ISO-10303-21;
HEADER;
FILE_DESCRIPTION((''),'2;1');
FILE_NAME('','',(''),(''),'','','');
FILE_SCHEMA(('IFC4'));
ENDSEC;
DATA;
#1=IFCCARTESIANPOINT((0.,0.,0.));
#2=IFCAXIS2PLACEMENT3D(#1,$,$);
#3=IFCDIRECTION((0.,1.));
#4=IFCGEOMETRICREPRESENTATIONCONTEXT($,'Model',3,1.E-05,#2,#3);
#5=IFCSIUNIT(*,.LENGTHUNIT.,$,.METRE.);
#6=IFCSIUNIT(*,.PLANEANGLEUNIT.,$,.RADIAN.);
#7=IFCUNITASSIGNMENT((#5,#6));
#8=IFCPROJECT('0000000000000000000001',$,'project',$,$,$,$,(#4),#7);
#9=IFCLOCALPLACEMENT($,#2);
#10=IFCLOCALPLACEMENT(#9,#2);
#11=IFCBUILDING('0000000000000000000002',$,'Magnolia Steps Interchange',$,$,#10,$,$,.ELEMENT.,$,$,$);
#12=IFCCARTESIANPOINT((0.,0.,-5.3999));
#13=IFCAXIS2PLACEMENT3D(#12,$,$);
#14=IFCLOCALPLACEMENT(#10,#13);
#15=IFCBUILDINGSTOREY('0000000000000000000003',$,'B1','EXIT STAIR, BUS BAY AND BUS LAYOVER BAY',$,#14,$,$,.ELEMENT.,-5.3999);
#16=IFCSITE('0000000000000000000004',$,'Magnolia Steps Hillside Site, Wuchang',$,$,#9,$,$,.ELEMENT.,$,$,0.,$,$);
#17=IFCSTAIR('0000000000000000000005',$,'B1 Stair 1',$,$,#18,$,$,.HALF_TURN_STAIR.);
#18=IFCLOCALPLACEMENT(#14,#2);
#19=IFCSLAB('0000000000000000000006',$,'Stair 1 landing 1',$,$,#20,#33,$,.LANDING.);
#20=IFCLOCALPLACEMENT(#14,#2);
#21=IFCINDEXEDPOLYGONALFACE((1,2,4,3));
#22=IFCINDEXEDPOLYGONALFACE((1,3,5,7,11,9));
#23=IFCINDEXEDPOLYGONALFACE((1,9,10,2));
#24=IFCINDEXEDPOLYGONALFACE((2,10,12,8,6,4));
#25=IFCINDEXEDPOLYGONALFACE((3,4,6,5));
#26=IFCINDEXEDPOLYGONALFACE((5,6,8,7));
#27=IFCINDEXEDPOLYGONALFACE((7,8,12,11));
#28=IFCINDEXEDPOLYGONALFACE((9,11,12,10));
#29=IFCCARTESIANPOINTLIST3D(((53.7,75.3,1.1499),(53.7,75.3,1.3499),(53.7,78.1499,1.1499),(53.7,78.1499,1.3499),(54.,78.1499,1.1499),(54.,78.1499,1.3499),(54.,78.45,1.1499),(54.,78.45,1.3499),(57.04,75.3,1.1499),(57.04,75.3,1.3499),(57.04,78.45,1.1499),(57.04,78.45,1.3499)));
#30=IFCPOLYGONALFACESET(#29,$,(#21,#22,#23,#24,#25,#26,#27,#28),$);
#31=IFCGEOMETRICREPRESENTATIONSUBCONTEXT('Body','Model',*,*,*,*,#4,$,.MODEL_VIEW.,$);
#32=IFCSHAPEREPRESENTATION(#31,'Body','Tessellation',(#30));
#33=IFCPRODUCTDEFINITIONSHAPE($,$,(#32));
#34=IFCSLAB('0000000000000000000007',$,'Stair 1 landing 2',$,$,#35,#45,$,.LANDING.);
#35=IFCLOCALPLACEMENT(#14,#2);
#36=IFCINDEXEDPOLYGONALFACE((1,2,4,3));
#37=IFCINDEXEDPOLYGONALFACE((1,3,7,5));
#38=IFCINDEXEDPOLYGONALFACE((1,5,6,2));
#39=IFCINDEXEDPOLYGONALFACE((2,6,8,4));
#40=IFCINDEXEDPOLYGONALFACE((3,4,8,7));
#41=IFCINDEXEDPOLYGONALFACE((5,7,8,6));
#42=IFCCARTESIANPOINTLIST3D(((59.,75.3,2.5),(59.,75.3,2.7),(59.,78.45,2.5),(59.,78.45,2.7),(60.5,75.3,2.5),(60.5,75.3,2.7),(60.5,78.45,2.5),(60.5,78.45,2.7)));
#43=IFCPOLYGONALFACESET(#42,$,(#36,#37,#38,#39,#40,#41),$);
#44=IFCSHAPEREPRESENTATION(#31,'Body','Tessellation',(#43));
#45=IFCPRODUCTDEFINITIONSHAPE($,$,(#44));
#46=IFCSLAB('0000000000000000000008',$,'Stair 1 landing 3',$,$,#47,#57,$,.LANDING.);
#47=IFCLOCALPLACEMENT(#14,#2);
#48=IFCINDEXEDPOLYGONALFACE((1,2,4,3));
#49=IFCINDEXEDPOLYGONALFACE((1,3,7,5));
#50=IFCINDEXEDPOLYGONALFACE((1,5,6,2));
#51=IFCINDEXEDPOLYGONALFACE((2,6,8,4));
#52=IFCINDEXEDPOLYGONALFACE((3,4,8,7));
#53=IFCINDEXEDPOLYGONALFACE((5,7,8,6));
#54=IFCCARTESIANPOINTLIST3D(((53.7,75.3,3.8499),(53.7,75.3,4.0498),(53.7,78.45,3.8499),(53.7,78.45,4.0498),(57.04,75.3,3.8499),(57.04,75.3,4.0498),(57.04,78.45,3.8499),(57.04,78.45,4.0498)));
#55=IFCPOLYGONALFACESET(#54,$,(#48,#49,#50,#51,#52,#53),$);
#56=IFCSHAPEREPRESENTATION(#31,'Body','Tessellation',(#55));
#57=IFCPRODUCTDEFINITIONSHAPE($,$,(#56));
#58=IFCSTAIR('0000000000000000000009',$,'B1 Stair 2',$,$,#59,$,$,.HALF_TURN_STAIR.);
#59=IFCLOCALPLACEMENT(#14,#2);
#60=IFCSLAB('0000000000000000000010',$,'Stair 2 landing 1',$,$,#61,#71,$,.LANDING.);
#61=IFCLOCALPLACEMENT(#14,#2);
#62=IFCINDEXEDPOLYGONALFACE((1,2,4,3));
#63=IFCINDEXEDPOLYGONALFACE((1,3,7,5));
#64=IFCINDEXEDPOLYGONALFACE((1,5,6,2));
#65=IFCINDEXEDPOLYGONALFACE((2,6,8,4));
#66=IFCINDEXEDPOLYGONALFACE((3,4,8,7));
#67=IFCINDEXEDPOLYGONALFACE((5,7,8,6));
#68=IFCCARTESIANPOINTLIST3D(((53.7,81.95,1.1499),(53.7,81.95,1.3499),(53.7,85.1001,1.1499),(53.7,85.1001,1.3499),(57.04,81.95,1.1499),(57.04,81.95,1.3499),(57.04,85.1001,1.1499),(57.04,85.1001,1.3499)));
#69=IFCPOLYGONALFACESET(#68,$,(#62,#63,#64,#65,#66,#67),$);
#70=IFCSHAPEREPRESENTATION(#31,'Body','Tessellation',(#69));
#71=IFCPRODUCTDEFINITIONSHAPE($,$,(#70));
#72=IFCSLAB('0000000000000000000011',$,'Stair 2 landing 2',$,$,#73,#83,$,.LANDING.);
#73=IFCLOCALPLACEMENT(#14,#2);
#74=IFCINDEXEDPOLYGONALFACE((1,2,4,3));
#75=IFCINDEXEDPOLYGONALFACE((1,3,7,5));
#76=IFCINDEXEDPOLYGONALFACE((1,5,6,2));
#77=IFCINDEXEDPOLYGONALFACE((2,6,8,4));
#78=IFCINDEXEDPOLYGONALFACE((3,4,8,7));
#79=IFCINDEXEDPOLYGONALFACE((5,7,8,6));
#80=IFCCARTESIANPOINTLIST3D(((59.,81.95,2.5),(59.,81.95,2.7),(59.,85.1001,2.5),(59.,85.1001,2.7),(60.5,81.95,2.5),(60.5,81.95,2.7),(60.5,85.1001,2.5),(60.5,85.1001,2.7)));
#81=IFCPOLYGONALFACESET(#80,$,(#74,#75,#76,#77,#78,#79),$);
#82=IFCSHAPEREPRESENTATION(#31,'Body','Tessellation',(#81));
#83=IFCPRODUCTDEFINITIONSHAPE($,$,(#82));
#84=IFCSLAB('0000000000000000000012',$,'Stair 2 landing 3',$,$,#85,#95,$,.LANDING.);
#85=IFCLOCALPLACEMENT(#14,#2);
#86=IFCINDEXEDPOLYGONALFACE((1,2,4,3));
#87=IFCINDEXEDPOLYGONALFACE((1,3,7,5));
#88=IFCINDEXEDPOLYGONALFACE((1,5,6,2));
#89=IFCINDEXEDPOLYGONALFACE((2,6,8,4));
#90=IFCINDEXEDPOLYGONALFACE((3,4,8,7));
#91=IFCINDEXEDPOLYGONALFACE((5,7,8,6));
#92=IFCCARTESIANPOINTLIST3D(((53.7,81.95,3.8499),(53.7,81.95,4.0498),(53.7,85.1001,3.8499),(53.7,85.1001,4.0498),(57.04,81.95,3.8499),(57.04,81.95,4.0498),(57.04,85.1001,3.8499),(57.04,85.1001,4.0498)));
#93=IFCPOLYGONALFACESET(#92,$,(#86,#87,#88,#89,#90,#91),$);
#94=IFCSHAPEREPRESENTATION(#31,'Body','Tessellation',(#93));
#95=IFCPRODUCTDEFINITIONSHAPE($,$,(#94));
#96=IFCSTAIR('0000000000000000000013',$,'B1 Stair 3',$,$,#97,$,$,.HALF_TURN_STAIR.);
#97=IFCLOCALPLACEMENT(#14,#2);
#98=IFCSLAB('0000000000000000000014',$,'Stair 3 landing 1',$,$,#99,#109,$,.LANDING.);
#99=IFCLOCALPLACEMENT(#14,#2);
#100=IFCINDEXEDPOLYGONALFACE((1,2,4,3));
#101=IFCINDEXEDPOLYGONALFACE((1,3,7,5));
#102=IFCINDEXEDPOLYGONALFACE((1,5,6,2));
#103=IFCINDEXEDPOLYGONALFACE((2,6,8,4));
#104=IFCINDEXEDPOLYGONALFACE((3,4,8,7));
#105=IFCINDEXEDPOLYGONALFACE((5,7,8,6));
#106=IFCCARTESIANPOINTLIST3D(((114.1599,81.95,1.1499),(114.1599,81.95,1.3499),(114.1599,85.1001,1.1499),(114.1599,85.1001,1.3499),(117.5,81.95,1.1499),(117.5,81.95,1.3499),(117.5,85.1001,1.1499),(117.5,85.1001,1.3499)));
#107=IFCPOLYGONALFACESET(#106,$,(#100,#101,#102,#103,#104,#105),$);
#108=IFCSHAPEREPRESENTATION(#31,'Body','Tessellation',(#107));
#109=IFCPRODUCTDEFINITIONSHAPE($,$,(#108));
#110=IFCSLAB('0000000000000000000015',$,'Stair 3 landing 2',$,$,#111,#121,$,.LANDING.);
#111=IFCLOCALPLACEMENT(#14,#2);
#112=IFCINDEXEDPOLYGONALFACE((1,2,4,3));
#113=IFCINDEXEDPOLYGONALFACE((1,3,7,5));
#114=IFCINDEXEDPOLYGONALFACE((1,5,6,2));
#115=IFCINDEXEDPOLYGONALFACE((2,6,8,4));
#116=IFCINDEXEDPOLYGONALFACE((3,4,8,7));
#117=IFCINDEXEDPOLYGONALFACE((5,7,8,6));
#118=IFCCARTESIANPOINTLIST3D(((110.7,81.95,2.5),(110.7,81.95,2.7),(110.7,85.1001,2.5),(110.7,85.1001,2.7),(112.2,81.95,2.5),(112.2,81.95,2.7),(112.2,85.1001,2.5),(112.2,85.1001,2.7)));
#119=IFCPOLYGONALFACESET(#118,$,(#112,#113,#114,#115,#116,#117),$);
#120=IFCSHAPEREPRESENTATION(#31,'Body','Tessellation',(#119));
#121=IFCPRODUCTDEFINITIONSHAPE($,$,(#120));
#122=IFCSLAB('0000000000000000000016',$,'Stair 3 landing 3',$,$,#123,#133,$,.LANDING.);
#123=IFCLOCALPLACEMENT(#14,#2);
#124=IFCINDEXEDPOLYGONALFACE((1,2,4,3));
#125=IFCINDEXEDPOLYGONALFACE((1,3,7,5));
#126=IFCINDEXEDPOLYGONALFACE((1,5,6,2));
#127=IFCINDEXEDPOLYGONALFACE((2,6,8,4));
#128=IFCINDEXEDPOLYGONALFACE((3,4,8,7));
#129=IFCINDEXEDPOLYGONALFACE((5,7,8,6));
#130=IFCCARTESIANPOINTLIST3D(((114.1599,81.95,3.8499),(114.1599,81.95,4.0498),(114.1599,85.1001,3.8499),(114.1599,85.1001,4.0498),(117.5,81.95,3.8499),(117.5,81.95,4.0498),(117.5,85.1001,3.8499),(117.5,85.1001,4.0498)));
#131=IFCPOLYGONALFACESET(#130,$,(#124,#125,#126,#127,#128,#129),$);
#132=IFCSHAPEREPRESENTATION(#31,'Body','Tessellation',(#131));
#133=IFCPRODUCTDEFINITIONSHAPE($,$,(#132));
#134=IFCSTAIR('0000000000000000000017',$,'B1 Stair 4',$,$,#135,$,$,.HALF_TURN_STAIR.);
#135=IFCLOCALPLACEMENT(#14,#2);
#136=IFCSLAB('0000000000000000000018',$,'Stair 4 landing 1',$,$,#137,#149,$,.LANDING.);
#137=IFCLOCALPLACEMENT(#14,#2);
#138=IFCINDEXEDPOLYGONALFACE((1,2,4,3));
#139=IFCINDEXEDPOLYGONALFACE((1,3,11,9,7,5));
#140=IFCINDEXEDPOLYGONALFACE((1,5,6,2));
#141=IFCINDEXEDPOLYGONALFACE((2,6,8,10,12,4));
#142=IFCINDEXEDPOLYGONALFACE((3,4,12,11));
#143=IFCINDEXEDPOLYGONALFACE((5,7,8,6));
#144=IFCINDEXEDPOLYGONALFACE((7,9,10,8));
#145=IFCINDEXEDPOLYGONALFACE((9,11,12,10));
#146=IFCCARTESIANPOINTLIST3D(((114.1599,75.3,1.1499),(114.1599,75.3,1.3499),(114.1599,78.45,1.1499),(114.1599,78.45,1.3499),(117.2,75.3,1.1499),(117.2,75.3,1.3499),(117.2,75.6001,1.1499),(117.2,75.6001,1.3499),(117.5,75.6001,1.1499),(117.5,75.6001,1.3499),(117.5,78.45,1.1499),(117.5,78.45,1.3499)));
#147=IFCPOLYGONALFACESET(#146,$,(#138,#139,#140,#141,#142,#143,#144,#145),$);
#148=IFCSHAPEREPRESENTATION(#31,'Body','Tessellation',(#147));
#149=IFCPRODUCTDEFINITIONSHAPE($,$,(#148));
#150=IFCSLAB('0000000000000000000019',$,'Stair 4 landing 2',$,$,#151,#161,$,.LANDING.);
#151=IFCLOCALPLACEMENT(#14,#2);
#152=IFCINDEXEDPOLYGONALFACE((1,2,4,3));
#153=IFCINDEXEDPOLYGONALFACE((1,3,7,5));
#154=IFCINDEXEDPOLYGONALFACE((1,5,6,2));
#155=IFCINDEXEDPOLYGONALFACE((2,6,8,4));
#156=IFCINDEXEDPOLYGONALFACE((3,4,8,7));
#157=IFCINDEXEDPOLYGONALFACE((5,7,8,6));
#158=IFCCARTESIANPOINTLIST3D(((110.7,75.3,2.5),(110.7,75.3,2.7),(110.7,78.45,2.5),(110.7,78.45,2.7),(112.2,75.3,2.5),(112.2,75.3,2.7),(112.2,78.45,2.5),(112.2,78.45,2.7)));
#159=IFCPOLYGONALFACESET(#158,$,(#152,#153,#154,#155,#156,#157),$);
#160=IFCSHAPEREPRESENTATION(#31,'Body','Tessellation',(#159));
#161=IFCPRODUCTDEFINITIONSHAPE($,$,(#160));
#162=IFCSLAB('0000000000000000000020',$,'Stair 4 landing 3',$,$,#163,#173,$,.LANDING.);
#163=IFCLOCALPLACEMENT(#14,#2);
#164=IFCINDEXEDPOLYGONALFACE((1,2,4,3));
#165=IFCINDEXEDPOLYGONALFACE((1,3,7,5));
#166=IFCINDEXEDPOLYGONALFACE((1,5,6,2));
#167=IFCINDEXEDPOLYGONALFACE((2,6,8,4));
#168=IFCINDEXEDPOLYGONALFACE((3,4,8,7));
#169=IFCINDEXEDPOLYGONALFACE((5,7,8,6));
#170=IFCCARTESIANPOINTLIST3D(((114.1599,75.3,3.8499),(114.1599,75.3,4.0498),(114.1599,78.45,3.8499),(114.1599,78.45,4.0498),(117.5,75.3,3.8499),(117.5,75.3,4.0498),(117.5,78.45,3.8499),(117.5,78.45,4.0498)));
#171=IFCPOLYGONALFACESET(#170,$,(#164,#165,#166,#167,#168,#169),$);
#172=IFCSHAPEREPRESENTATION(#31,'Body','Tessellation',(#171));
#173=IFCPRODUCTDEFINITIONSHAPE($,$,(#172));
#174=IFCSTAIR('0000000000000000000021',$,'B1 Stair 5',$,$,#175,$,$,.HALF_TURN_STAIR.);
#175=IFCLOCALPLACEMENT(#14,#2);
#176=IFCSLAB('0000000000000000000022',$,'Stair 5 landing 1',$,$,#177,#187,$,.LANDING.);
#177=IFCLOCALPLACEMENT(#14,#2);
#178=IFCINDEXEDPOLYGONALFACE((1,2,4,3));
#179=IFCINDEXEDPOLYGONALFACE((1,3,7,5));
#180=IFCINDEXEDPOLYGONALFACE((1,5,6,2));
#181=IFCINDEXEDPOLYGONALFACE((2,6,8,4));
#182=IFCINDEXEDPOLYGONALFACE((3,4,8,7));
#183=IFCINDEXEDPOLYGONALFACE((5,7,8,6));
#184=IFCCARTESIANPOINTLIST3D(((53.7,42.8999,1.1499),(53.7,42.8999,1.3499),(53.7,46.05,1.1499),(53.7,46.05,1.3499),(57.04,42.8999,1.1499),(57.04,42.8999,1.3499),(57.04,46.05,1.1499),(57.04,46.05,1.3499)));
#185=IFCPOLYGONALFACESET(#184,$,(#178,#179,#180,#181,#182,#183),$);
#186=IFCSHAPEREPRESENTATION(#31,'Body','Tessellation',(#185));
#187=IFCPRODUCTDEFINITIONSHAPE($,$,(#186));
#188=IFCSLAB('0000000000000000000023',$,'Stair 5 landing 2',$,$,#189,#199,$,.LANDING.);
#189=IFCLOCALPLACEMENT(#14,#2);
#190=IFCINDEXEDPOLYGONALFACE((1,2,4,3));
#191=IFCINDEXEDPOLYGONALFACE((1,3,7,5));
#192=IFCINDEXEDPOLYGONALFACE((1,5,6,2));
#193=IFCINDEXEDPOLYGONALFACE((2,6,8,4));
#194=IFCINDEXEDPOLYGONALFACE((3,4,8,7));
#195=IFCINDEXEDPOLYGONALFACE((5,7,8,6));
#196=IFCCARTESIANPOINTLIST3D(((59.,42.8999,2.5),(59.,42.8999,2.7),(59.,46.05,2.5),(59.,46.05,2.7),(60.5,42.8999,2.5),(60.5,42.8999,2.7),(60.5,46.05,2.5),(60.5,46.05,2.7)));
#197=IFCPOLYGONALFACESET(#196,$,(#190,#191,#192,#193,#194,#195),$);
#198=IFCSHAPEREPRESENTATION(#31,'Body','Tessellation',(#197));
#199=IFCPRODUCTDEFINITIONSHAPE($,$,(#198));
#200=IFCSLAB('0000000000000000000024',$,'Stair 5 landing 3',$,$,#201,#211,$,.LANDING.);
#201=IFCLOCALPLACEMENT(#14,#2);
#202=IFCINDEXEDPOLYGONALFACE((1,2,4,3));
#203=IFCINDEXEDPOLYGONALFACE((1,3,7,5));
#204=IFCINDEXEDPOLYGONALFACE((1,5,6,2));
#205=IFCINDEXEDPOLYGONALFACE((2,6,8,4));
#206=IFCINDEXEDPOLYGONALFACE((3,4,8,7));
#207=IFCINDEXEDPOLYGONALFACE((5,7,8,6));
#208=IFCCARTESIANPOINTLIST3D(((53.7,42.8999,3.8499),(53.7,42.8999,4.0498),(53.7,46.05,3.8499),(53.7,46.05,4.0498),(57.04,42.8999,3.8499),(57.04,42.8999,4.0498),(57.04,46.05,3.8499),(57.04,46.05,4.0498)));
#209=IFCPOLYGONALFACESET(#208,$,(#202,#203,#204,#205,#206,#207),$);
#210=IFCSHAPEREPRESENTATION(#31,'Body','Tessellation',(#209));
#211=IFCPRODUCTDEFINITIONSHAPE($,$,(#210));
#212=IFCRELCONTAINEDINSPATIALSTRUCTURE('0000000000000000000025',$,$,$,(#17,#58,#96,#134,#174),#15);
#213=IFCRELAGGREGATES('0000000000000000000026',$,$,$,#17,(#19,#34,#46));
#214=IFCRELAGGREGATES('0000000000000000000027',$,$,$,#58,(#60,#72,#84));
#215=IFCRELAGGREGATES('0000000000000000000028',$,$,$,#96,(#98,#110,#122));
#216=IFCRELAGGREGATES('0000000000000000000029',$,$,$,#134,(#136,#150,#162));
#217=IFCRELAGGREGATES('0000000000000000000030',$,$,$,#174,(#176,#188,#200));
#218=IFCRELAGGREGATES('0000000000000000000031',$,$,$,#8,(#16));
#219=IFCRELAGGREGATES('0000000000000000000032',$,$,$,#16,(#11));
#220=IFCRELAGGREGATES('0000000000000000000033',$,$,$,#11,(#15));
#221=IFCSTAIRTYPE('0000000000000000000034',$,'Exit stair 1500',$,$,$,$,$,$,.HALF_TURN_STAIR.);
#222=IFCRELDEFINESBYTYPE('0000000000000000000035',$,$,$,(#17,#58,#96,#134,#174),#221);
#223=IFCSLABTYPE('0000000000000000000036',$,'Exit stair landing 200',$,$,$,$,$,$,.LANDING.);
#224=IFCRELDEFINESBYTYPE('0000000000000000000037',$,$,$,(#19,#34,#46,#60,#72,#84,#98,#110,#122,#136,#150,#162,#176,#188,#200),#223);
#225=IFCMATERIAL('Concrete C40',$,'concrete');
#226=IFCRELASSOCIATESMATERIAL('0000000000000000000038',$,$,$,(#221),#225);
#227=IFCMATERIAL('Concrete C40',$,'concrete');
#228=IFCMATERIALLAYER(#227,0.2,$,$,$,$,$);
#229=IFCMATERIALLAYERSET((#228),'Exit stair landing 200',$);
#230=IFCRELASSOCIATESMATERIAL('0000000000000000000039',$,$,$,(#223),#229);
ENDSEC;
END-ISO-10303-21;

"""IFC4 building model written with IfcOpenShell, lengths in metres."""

from ifc_helpers import new_model, si_unit, direction, frame, origin, place, context, subcontext, project, spatial, polyline, outline, extrude, material, layer, layer_set, type_object, element, aggregate, save


model = new_model("IFC4")

# Units and contexts
model_context = context("Model", 3, precision=1e-05, world=origin(), true_north=direction((0.0, 1.0)))
body_context = subcontext(model_context, "Body", "Model", "MODEL_VIEW")
ifc_project = project(units=[si_unit("LENGTHUNIT", "METRE"), si_unit("PLANEANGLEUNIT", "RADIAN")], contexts=[model_context])

# Site, building, storey
site_placement = place(None, origin())
site = spatial("IfcSite", under=ifc_project, at=site_placement, Name="Magnolia Steps Hillside Site, Wuchang", CompositionType="ELEMENT", RefElevation=0.0)
building_placement = place(site_placement, origin())
building = spatial("IfcBuilding", under=site, at=building_placement, Name="Magnolia Steps Interchange", CompositionType="ELEMENT")
storey_placement = place(building_placement, frame((0.0, 0.0, -5.3999)))
storey = spatial("IfcBuildingStorey", under=building, at=storey_placement, Name="B1", Description="EXIT STAIR, BUS BAY AND BUS LAYOVER BAY", CompositionType="ELEMENT", Elevation=-5.3999)

# Stairs, slabs
ifc_material_1 = material(Name="Concrete C40", Category="concrete")
stair_type = type_object("IfcStairType", Name="Exit stair 1500", PredefinedType="HALF_TURN_STAIR", material=ifc_material_1)
stair_1_placement = place(storey_placement, origin())
stair_1 = element("IfcStair", 1, at=stair_1_placement, inside=storey, type_object=stair_type, Name="B1 Stair 1", PredefinedType="HALF_TURN_STAIR")
ifc_material_2 = material(Name="Concrete C40", Category="concrete")
ifc_layer = layer(ifc_material_2, 0.2)
ifc_layer_set = layer_set([ifc_layer], Name="Exit stair landing 200")
slab_type = type_object("IfcSlabType", Name="Exit stair landing 200", PredefinedType="LANDING", material=ifc_layer_set)
slab_1_placement = place(storey_placement, frame((0.0, 0.0, 1.1499)))
slab_1 = element("IfcSlab", 2, at=slab_1_placement, type_object=slab_type, Name="Stair 1 landing 1", PredefinedType="LANDING", context=body_context, shape_type="SweptSolid", body=[
    extrude(outline(polyline([(57.04, 78.45), (57.04, 75.3), (53.7, 75.3), (53.7, 78.1499), (54.0, 78.1499), (54.0, 78.45), (57.04, 78.45)])), origin(), (0.0, 0.0, 1.0), 0.2),
])
slab_2_placement = place(storey_placement, frame((0.0, 0.0, 2.5)))
slab_2 = element("IfcSlab", 3, at=slab_2_placement, type_object=slab_type, Name="Stair 1 landing 2", PredefinedType="LANDING", context=body_context, shape_type="SweptSolid", body=[
    extrude(outline(polyline([(60.5, 78.45), (59.0, 78.45), (59.0, 75.3), (60.5, 75.3), (60.5, 78.45)])), origin(), (0.0, 0.0, 1.0), 0.2),
])
slab_3_placement = place(storey_placement, frame((0.0, 0.0, 3.8499)))
slab_3 = element("IfcSlab", 4, at=slab_3_placement, type_object=slab_type, Name="Stair 1 landing 3", PredefinedType="LANDING", context=body_context, shape_type="SweptSolid", body=[
    extrude(outline(polyline([(57.04, 78.45), (53.7, 78.45), (53.7, 75.3), (57.04, 75.3), (57.04, 78.45)])), origin(), (0.0, 0.0, 1.0), 0.2),
])
aggregate(stair_1, [slab_1, slab_2, slab_3])
stair_2_placement = place(storey_placement, origin())
stair_2 = element("IfcStair", 5, at=stair_2_placement, inside=storey, type_object=stair_type, Name="B1 Stair 2", PredefinedType="HALF_TURN_STAIR")
slab_4_placement = place(storey_placement, frame((0.0, 0.0, 1.1499)))
slab_4 = element("IfcSlab", 6, at=slab_4_placement, type_object=slab_type, Name="Stair 2 landing 1", PredefinedType="LANDING", context=body_context, shape_type="SweptSolid", body=[
    extrude(outline(polyline([(57.04, 85.1001), (53.7, 85.1001), (53.7, 81.95), (57.04, 81.95), (57.04, 85.1001)])), origin(), (0.0, 0.0, 1.0), 0.2),
])
slab_5_placement = place(storey_placement, frame((0.0, 0.0, 2.5)))
slab_5 = element("IfcSlab", 7, at=slab_5_placement, type_object=slab_type, Name="Stair 2 landing 2", PredefinedType="LANDING", context=body_context, shape_type="SweptSolid", body=[
    extrude(outline(polyline([(60.5, 85.1001), (59.0, 85.1001), (59.0, 81.95), (60.5, 81.95), (60.5, 85.1001)])), origin(), (0.0, 0.0, 1.0), 0.2),
])
slab_6_placement = place(storey_placement, frame((0.0, 0.0, 3.8499)))
slab_6 = element("IfcSlab", 8, at=slab_6_placement, type_object=slab_type, Name="Stair 2 landing 3", PredefinedType="LANDING", context=body_context, shape_type="SweptSolid", body=[
    extrude(outline(polyline([(57.04, 85.1001), (53.7, 85.1001), (53.7, 81.95), (57.04, 81.95), (57.04, 85.1001)])), origin(), (0.0, 0.0, 1.0), 0.2),
])
aggregate(stair_2, [slab_4, slab_5, slab_6])
stair_3_placement = place(storey_placement, origin())
stair_3 = element("IfcStair", 9, at=stair_3_placement, inside=storey, type_object=stair_type, Name="B1 Stair 3", PredefinedType="HALF_TURN_STAIR")
slab_7_placement = place(storey_placement, frame((0.0, 0.0, 1.1499)))
slab_7 = element("IfcSlab", 10, at=slab_7_placement, type_object=slab_type, Name="Stair 3 landing 1", PredefinedType="LANDING", context=body_context, shape_type="SweptSolid", body=[
    extrude(outline(polyline([(114.1599, 81.95), (117.5, 81.95), (117.5, 85.1001), (114.1599, 85.1001), (114.1599, 81.95)])), origin(), (0.0, 0.0, 1.0), 0.2),
])
slab_8_placement = place(storey_placement, frame((0.0, 0.0, 2.5)))
slab_8 = element("IfcSlab", 11, at=slab_8_placement, type_object=slab_type, Name="Stair 3 landing 2", PredefinedType="LANDING", context=body_context, shape_type="SweptSolid", body=[
    extrude(outline(polyline([(110.7, 81.95), (112.2, 81.95), (112.2, 85.1001), (110.7, 85.1001), (110.7, 81.95)])), origin(), (0.0, 0.0, 1.0), 0.2),
])
slab_9_placement = place(storey_placement, frame((0.0, 0.0, 3.8499)))
slab_9 = element("IfcSlab", 12, at=slab_9_placement, type_object=slab_type, Name="Stair 3 landing 3", PredefinedType="LANDING", context=body_context, shape_type="SweptSolid", body=[
    extrude(outline(polyline([(114.1599, 81.95), (117.5, 81.95), (117.5, 85.1001), (114.1599, 85.1001), (114.1599, 81.95)])), origin(), (0.0, 0.0, 1.0), 0.2),
])
aggregate(stair_3, [slab_7, slab_8, slab_9])
stair_4_placement = place(storey_placement, origin())
stair_4 = element("IfcStair", 13, at=stair_4_placement, inside=storey, type_object=stair_type, Name="B1 Stair 4", PredefinedType="HALF_TURN_STAIR")
slab_10_placement = place(storey_placement, frame((0.0, 0.0, 1.1499)))
slab_10 = element("IfcSlab", 14, at=slab_10_placement, type_object=slab_type, Name="Stair 4 landing 1", PredefinedType="LANDING", context=body_context, shape_type="SweptSolid", body=[
    extrude(outline(polyline([(114.1599, 75.3), (114.1599, 78.45), (117.5, 78.45), (117.5, 75.6001), (117.2, 75.6001), (117.2, 75.3), (114.1599, 75.3)])), origin(), (0.0, 0.0, 1.0), 0.2),
])
slab_11_placement = place(storey_placement, frame((0.0, 0.0, 2.5)))
slab_11 = element("IfcSlab", 15, at=slab_11_placement, type_object=slab_type, Name="Stair 4 landing 2", PredefinedType="LANDING", context=body_context, shape_type="SweptSolid", body=[
    extrude(outline(polyline([(110.7, 75.3), (112.2, 75.3), (112.2, 78.45), (110.7, 78.45), (110.7, 75.3)])), origin(), (0.0, 0.0, 1.0), 0.2),
])
slab_12_placement = place(storey_placement, frame((0.0, 0.0, 3.8499)))
slab_12 = element("IfcSlab", 16, at=slab_12_placement, type_object=slab_type, Name="Stair 4 landing 3", PredefinedType="LANDING", context=body_context, shape_type="SweptSolid", body=[
    extrude(outline(polyline([(114.1599, 75.3), (117.5, 75.3), (117.5, 78.45), (114.1599, 78.45), (114.1599, 75.3)])), origin(), (0.0, 0.0, 1.0), 0.2),
])
aggregate(stair_4, [slab_10, slab_11, slab_12])
stair_5_placement = place(storey_placement, origin())
stair_5 = element("IfcStair", 17, at=stair_5_placement, inside=storey, type_object=stair_type, Name="B1 Stair 5", PredefinedType="HALF_TURN_STAIR")
slab_13_placement = place(storey_placement, frame((0.0, 0.0, 1.1499)))
slab_13 = element("IfcSlab", 18, at=slab_13_placement, type_object=slab_type, Name="Stair 5 landing 1", PredefinedType="LANDING", context=body_context, shape_type="SweptSolid", body=[
    extrude(outline(polyline([(57.04, 46.05), (53.7, 46.05), (53.7, 42.8999), (57.04, 42.8999), (57.04, 46.05)])), origin(), (0.0, 0.0, 1.0), 0.2),
])
slab_14_placement = place(storey_placement, frame((0.0, 0.0, 2.5)))
slab_14 = element("IfcSlab", 19, at=slab_14_placement, type_object=slab_type, Name="Stair 5 landing 2", PredefinedType="LANDING", context=body_context, shape_type="SweptSolid", body=[
    extrude(outline(polyline([(60.5, 46.05), (59.0, 46.05), (59.0, 42.8999), (60.5, 42.8999), (60.5, 46.05)])), origin(), (0.0, 0.0, 1.0), 0.2),
])
slab_15_placement = place(storey_placement, frame((0.0, 0.0, 3.8499)))
slab_15 = element("IfcSlab", 20, at=slab_15_placement, type_object=slab_type, Name="Stair 5 landing 3", PredefinedType="LANDING", context=body_context, shape_type="SweptSolid", body=[
    extrude(outline(polyline([(57.04, 46.05), (53.7, 46.05), (53.7, 42.8999), (57.04, 42.8999), (57.04, 46.05)])), origin(), (0.0, 0.0, 1.0), 0.2),
])
aggregate(stair_5, [slab_13, slab_14, slab_15])

save(model, "model.ifc")
